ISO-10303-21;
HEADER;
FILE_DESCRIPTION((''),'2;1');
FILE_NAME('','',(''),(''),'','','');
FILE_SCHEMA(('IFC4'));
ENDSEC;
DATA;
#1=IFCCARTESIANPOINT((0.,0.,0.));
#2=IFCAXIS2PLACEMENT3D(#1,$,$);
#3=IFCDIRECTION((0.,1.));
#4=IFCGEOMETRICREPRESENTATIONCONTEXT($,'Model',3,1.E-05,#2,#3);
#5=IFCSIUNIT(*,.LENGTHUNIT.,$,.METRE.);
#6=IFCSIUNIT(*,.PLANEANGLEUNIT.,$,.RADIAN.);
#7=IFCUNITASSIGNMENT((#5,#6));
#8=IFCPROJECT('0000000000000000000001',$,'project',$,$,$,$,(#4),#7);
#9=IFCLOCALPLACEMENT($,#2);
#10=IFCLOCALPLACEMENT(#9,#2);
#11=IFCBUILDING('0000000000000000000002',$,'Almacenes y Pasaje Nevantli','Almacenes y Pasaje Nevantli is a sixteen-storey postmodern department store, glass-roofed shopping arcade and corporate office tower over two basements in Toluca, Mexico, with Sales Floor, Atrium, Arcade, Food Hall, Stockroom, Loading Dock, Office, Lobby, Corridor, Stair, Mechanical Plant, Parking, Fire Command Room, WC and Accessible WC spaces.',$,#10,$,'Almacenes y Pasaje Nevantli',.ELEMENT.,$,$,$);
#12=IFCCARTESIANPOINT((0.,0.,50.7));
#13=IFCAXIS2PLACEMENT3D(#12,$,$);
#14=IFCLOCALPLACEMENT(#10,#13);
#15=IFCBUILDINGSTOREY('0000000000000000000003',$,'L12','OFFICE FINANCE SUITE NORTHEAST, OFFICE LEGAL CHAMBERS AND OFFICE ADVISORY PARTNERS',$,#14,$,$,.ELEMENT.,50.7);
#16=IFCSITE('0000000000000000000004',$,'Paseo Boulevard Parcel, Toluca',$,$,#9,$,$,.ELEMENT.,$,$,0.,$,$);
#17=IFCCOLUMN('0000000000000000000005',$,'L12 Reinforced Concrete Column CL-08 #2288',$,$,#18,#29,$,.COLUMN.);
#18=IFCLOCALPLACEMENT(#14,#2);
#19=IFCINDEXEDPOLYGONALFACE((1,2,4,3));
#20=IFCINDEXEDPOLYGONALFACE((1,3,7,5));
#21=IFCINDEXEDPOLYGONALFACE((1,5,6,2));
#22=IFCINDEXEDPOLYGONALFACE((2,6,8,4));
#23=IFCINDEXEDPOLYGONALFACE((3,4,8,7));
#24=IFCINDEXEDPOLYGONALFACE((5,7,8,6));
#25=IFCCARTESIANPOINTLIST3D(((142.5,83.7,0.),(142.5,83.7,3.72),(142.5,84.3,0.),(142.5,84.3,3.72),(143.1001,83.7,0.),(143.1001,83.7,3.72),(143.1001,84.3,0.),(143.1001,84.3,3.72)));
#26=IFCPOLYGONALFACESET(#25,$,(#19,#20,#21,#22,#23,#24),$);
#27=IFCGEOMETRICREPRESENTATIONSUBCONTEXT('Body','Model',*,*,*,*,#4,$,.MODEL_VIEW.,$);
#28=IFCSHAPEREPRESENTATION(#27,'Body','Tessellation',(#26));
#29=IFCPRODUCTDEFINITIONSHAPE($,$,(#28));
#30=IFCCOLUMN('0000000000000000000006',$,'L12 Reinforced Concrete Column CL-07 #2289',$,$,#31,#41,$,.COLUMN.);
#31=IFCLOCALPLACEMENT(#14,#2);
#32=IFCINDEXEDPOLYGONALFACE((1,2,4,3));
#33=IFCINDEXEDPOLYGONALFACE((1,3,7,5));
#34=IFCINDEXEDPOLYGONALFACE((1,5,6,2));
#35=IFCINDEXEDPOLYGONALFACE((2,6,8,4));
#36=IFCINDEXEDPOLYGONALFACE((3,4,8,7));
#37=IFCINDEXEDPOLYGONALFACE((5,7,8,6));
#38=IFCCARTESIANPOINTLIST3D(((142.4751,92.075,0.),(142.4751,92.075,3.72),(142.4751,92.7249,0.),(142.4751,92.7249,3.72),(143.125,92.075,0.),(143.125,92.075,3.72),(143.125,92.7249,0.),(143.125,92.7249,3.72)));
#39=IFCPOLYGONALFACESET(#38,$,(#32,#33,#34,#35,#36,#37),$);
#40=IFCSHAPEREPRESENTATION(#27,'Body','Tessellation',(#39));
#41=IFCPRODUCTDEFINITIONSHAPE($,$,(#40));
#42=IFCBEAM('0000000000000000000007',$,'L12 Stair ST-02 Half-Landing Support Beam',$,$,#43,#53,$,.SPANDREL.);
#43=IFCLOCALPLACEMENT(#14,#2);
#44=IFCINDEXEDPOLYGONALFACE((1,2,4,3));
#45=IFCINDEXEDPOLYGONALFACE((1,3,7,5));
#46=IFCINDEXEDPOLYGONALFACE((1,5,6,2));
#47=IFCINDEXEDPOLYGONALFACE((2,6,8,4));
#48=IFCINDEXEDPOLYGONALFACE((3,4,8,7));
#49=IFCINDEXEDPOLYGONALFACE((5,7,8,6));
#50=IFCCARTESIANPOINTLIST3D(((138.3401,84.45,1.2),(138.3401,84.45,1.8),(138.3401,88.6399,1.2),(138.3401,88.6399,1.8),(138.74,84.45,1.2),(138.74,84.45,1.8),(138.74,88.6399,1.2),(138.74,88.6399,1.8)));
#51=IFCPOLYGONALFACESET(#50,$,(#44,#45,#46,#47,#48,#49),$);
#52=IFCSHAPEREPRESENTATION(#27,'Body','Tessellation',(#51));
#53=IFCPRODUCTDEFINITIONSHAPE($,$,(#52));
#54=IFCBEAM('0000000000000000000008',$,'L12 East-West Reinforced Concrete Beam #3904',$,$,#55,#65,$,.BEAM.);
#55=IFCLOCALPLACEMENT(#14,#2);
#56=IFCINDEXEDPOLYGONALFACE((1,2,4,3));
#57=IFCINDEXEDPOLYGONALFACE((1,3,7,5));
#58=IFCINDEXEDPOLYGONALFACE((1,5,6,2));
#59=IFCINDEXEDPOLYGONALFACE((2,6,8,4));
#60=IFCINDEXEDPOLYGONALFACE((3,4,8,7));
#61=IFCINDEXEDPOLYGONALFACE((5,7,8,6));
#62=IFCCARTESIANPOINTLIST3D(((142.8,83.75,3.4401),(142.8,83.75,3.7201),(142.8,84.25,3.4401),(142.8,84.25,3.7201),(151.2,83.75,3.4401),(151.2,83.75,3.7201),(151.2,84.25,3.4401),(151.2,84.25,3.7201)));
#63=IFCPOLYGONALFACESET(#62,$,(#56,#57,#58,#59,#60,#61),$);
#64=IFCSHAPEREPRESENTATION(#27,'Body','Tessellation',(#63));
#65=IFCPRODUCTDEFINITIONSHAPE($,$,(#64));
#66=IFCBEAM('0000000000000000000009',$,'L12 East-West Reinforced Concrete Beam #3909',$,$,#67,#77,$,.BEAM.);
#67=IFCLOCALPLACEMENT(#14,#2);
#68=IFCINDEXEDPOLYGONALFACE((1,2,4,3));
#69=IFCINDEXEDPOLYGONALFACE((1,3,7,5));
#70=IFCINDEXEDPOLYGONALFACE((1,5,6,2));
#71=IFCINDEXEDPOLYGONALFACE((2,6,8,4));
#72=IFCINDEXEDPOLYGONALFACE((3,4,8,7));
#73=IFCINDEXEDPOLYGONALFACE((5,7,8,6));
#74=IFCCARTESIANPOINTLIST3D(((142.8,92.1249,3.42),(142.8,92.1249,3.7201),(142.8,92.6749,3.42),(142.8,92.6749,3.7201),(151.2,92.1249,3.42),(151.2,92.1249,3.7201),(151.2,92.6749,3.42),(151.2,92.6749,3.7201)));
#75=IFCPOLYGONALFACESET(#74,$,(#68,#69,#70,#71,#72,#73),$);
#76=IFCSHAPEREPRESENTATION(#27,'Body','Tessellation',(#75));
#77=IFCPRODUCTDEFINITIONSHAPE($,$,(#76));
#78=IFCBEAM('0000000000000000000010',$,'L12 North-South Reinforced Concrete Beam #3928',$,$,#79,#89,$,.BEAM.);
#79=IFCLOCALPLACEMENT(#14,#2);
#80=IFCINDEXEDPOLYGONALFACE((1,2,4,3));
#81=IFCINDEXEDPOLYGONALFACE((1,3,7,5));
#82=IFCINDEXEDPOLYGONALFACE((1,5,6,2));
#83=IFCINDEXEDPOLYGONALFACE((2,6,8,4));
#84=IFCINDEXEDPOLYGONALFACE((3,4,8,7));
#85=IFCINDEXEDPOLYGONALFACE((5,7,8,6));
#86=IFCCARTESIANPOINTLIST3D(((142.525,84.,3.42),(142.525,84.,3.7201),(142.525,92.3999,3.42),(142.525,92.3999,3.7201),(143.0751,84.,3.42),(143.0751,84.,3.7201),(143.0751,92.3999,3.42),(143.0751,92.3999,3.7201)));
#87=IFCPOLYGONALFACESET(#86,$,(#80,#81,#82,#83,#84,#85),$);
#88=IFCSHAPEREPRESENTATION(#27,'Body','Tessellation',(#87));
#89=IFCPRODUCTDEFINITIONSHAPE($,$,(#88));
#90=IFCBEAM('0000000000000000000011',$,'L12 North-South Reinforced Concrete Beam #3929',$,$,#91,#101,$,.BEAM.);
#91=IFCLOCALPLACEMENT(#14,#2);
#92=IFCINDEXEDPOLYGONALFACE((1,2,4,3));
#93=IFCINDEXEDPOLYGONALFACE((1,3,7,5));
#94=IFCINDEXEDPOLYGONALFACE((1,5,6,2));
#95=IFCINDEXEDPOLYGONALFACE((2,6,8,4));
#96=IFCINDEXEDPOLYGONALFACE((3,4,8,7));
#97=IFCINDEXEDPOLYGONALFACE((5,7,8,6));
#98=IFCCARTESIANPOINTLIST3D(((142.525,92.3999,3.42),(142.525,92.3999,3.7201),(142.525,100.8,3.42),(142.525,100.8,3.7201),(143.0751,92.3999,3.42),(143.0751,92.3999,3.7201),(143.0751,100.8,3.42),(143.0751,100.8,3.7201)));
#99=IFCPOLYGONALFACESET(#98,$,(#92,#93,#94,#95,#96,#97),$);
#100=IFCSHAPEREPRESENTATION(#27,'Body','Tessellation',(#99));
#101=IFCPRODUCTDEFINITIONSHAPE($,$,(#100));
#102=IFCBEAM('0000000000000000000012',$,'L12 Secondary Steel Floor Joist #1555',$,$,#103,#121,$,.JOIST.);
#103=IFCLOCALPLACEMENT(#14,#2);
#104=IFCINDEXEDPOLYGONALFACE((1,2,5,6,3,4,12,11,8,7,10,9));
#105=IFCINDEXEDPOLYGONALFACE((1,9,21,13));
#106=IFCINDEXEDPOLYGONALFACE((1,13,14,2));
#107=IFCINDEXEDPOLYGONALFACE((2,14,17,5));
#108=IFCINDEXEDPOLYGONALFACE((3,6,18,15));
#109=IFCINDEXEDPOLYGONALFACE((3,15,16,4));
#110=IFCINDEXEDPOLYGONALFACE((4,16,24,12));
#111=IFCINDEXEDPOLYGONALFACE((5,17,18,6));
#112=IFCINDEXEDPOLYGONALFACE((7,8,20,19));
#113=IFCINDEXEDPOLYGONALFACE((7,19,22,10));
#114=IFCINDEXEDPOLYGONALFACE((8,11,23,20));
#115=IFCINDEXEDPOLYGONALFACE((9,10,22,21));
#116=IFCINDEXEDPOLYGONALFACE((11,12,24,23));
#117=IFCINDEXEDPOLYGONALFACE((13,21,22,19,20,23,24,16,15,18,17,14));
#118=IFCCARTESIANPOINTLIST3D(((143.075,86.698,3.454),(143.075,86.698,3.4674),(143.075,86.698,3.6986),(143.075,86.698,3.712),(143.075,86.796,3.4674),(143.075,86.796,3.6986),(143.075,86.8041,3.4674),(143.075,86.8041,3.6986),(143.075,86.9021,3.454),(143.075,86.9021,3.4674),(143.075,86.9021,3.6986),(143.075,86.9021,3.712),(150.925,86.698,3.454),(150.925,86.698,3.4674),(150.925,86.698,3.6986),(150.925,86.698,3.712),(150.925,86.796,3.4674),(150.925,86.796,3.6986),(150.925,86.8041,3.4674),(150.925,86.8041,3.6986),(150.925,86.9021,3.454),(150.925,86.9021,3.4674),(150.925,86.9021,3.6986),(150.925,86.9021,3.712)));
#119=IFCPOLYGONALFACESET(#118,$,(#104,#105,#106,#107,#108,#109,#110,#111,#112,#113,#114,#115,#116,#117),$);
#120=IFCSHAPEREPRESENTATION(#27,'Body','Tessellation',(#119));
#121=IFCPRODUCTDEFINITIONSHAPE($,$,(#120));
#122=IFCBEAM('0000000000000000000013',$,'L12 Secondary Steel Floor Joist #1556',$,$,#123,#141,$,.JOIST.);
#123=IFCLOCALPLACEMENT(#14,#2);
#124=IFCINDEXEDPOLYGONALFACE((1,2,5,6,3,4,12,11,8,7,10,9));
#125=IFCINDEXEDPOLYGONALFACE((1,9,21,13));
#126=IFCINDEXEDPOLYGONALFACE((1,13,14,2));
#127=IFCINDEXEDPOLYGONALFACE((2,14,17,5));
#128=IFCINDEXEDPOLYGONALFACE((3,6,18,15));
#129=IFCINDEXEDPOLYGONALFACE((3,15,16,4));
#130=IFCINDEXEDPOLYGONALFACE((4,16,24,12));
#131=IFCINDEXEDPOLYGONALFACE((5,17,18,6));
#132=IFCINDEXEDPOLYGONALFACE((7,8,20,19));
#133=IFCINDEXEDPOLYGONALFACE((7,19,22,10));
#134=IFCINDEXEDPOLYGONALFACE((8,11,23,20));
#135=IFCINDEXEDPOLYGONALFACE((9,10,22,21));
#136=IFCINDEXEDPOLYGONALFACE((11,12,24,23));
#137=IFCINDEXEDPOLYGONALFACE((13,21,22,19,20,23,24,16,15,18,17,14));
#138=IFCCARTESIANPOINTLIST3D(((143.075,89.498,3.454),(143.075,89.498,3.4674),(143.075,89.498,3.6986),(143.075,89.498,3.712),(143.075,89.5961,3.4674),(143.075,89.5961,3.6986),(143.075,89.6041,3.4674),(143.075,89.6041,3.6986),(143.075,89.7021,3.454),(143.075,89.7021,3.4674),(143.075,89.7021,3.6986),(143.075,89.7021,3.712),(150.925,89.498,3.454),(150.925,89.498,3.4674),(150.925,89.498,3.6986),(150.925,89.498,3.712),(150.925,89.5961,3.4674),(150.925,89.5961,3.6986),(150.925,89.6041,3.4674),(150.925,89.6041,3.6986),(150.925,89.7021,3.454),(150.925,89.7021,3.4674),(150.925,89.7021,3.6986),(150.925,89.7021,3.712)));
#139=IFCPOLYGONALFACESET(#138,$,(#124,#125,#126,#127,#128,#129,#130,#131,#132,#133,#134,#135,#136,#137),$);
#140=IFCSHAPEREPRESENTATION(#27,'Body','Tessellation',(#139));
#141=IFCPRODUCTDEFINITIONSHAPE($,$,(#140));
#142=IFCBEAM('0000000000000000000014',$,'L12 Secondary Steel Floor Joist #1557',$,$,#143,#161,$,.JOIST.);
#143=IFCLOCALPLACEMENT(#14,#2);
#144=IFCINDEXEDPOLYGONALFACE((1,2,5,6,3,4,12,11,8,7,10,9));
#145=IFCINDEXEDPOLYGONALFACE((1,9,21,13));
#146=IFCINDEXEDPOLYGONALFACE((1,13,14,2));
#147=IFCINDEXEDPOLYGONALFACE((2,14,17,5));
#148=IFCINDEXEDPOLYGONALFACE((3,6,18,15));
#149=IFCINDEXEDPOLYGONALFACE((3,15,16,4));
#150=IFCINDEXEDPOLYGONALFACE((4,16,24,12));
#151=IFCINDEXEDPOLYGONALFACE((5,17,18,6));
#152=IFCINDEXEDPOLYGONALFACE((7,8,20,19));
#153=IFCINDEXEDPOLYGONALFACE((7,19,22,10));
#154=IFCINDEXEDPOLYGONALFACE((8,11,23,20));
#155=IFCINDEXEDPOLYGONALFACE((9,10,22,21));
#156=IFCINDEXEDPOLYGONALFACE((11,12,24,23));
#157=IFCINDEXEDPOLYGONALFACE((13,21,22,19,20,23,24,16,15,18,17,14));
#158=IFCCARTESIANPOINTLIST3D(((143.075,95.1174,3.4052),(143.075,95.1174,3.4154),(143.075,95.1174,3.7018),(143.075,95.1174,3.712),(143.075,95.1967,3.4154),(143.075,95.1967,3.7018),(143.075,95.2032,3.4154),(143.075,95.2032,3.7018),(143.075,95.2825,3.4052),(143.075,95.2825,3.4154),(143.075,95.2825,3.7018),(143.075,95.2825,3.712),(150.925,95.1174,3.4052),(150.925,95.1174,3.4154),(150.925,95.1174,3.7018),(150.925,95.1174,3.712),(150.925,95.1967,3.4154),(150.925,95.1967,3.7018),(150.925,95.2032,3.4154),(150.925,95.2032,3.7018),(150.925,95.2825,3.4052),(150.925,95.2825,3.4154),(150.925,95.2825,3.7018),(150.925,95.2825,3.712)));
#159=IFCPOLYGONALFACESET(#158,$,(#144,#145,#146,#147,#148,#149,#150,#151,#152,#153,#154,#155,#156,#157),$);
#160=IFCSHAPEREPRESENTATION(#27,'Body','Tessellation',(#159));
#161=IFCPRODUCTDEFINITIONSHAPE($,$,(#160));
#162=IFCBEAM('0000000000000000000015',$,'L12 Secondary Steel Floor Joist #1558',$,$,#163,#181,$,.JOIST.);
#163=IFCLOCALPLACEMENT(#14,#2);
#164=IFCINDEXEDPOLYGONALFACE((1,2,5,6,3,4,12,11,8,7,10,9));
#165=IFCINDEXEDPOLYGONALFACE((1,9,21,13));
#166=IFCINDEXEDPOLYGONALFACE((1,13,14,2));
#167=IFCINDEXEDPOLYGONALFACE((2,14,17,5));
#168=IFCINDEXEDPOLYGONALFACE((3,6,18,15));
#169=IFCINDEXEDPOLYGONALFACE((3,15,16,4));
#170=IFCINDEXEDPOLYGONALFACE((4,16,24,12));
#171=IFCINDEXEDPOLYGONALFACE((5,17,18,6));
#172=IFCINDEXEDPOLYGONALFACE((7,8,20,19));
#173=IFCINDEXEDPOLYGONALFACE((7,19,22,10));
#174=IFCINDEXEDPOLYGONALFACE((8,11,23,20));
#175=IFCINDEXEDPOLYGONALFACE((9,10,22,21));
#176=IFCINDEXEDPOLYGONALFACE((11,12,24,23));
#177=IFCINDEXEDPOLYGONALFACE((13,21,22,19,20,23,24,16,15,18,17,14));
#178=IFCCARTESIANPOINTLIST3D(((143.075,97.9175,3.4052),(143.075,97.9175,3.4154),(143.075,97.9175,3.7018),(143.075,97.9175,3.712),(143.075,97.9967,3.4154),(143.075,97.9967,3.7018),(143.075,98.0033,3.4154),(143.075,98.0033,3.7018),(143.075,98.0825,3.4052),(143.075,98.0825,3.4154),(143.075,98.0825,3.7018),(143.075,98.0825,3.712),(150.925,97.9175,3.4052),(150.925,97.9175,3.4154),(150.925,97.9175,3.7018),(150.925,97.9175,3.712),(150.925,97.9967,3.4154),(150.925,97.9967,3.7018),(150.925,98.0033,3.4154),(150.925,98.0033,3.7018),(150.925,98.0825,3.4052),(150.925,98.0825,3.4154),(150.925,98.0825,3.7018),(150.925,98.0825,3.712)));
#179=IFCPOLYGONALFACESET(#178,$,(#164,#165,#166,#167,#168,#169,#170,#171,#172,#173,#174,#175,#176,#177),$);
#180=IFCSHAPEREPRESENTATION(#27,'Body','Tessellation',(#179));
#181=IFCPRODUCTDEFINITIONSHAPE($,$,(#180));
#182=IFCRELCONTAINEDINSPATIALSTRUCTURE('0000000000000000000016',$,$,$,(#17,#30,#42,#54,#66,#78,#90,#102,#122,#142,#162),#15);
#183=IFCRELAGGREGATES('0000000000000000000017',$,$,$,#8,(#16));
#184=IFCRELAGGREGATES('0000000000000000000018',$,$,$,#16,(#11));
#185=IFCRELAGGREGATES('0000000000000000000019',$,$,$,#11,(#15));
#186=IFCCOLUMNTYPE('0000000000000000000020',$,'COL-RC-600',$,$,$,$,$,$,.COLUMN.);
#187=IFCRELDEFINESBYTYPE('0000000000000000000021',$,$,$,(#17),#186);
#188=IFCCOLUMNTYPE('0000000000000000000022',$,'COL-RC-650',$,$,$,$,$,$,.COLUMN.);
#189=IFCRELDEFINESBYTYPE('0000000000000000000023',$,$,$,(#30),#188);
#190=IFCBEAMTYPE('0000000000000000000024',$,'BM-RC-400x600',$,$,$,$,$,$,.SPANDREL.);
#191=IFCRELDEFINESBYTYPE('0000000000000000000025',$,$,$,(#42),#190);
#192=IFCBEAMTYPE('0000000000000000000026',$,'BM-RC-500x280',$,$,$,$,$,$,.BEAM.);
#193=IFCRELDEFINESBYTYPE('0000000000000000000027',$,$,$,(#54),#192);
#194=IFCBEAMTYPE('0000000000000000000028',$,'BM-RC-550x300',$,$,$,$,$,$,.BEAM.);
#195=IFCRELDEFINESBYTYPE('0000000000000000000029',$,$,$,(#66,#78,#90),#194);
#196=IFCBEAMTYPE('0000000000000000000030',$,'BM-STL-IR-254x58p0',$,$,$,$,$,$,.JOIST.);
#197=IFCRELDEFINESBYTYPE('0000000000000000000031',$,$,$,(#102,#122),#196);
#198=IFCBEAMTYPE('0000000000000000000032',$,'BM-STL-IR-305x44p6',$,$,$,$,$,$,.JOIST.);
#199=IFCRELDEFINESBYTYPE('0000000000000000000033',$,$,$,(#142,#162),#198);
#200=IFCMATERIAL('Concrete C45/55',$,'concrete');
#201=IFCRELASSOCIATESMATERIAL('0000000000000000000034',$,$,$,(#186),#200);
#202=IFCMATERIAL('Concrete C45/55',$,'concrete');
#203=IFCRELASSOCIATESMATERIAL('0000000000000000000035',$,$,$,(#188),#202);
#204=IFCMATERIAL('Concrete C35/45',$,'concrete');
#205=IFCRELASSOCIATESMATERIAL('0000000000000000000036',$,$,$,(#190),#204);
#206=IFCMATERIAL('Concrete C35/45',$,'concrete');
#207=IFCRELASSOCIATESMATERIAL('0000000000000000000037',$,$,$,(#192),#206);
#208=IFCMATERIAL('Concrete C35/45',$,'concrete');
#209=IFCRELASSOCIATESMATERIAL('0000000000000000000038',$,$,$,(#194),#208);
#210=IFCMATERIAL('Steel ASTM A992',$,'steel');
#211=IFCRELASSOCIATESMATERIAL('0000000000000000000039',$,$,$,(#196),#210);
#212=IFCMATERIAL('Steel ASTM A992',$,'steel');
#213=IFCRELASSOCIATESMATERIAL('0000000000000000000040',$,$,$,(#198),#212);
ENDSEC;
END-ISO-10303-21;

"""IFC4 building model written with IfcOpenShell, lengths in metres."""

from ifc_helpers import new_model, si_unit, direction, frame, origin, origin_2d, place, context, subcontext, project, spatial, rectangle, i_section, extrude, material, material_profile, profile_set, type_object, element, save


model = new_model("IFC4")

# Units and contexts
model_context = context("Model", 3, precision=1e-05, world=origin(), true_north=direction((0.0, 1.0)))
body_context = subcontext(model_context, "Body", "Model", "MODEL_VIEW")
ifc_project = project(units=[si_unit("LENGTHUNIT", "METRE"), si_unit("PLANEANGLEUNIT", "RADIAN")], contexts=[model_context])

# Site, building, storey
site_placement = place(None, origin())
site = spatial("IfcSite", under=ifc_project, at=site_placement, Name="Paseo Boulevard Parcel, Toluca", CompositionType="ELEMENT", RefElevation=0.0)
building_placement = place(site_placement, origin())
building = spatial("IfcBuilding", under=site, at=building_placement, Name="Almacenes y Pasaje Nevantli", Description="Almacenes y Pasaje Nevantli is a sixteen-storey postmodern department store, glass-roofed shopping arcade and corporate office tower over two basements in Toluca, Mexico, with Sales Floor, Atrium, Arcade, Food Hall, Stockroom, Loading Dock, Office, Lobby, Corridor, Stair, Mechanical Plant, Parking, Fire Command Room, WC and Accessible WC spaces.", LongName="Almacenes y Pasaje Nevantli", CompositionType="ELEMENT")
storey_placement = place(building_placement, frame((0.0, 0.0, 50.7)))
storey = spatial("IfcBuildingStorey", under=building, at=storey_placement, Name="L12", Description="OFFICE FINANCE SUITE NORTHEAST, OFFICE LEGAL CHAMBERS AND OFFICE ADVISORY PARTNERS", CompositionType="ELEMENT", Elevation=50.7)

# Columns
ifc_material_1 = material(Name="Concrete C45/55", Category="concrete")
ifc_material_profile_1 = material_profile(ifc_material_1, rectangle(XDim=0.6001, YDim=0.6001, at=origin_2d()), Name="RC-COL-600x600")
ifc_profile_set_1 = profile_set([ifc_material_profile_1], Name="Concrete C45/55")
column_type_1 = type_object("IfcColumnType", Name="COL-RC-600", PredefinedType="COLUMN", material=ifc_profile_set_1)
column_1_placement = place(storey_placement, frame((142.8, 84.0, 0.0), z_axis=(0.0, 0.0, 1.0), x_axis=(1.0, 0.0, 0.0)))
element("IfcColumn", 1, at=column_1_placement, inside=storey, type_object=column_type_1, Name="L12 Reinforced Concrete Column CL-08 #2288", PredefinedType="COLUMN", context=body_context, shape_type="SweptSolid", body=[
    extrude(rectangle(XDim=0.6001, YDim=0.6001, at=origin_2d()), origin(), (0.0, 0.0, 1.0), 3.72),
])
ifc_material_2 = material(Name="Concrete C45/55", Category="concrete")
ifc_material_profile_2 = material_profile(ifc_material_2, rectangle(XDim=0.6499, YDim=0.6499, at=origin_2d()), Name="RC-COL-650x650")
ifc_profile_set_2 = profile_set([ifc_material_profile_2], Name="Concrete C45/55")
column_type_2 = type_object("IfcColumnType", Name="COL-RC-650", PredefinedType="COLUMN", material=ifc_profile_set_2)
column_2_placement = place(storey_placement, frame((142.8, 92.3999, 0.0), z_axis=(0.0, 0.0, 1.0), x_axis=(1.0, 0.0, 0.0)))
element("IfcColumn", 2, at=column_2_placement, inside=storey, type_object=column_type_2, Name="L12 Reinforced Concrete Column CL-07 #2289", PredefinedType="COLUMN", context=body_context, shape_type="SweptSolid", body=[
    extrude(rectangle(XDim=0.6499, YDim=0.6499, at=origin_2d()), origin(), (0.0, 0.0, 1.0), 3.72),
])

# Beams
ifc_material_3 = material(Name="Concrete C35/45", Category="concrete")
ifc_material_profile_3 = material_profile(ifc_material_3, rectangle(XDim=0.3999, YDim=0.6001, at=origin_2d()), Name="RC-BM-400x600")
ifc_profile_set_3 = profile_set([ifc_material_profile_3], Name="Concrete C35/45")
beam_type_1 = type_object("IfcBeamType", Name="BM-RC-400x600", PredefinedType="SPANDREL", material=ifc_profile_set_3)
beam_1_placement = place(storey_placement, frame((138.54, 84.45, 1.5), z_axis=(0.0, 1.0, 0.0), x_axis=(-1.0, 0.0, 0.0)))
element("IfcBeam", 3, at=beam_1_placement, inside=storey, type_object=beam_type_1, Name="L12 Stair ST-02 Half-Landing Support Beam", PredefinedType="SPANDREL", context=body_context, shape_type="SweptSolid", body=[
    extrude(rectangle(XDim=0.3999, YDim=0.6001, at=origin_2d()), origin(), (0.0, 0.0, 1.0), 4.1899),
])
ifc_material_4 = material(Name="Concrete C35/45", Category="concrete")
ifc_material_profile_4 = material_profile(ifc_material_4, rectangle(XDim=0.5, YDim=0.28, at=origin_2d()), Name="RC-BM-500x280")
ifc_profile_set_4 = profile_set([ifc_material_profile_4], Name="Concrete C35/45")
beam_type_2 = type_object("IfcBeamType", Name="BM-RC-500x280", PredefinedType="BEAM", material=ifc_profile_set_4)
beam_2_placement = place(storey_placement, frame((142.8, 84.0, 3.5801), z_axis=(1.0, 0.0, 0.0), x_axis=(0.0, 1.0, 0.0)))
element("IfcBeam", 4, at=beam_2_placement, inside=storey, type_object=beam_type_2, Name="L12 East-West Reinforced Concrete Beam #3904", PredefinedType="BEAM", context=body_context, shape_type="SweptSolid", body=[
    extrude(rectangle(XDim=0.5, YDim=0.28, at=origin_2d()), origin(), (0.0, 0.0, 1.0), 8.3999),
])
ifc_material_5 = material(Name="Concrete C35/45", Category="concrete")
ifc_material_profile_5 = material_profile(ifc_material_5, rectangle(XDim=0.55, YDim=0.3, at=origin_2d()), Name="RC-BM-550x300")
ifc_profile_set_5 = profile_set([ifc_material_profile_5], Name="Concrete C35/45")
beam_type_3 = type_object("IfcBeamType", Name="BM-RC-550x300", PredefinedType="BEAM", material=ifc_profile_set_5)
for number, where, z_axis, x_axis, name in (
    (5, (142.8, 92.3999, 3.5701), (1.0, 0.0, 0.0), (0.0, 1.0, 0.0), "L12 East-West Reinforced Concrete Beam #3909"),
    (6, (142.8, 84.0, 3.5701), (0.0, 1.0, 0.0), (-1.0, 0.0, 0.0), "L12 North-South Reinforced Concrete Beam #3928"),
):
    element("IfcBeam", number, at=place(storey_placement, frame(where, z_axis=z_axis, x_axis=x_axis)), inside=storey, type_object=beam_type_3, Name=name, PredefinedType="BEAM", context=body_context, shape_type="SweptSolid", body=[
        extrude(rectangle(XDim=0.55, YDim=0.3, at=origin_2d()), origin(), (0.0, 0.0, 1.0), 8.3999),
    ])
beam_3_placement = place(storey_placement, frame((142.8, 92.3999, 3.5701), z_axis=(0.0, 1.0, 0.0), x_axis=(-1.0, 0.0, 0.0)))
element("IfcBeam", 7, at=beam_3_placement, inside=storey, type_object=beam_type_3, Name="L12 North-South Reinforced Concrete Beam #3929", PredefinedType="BEAM", context=body_context, shape_type="SweptSolid", body=[
    extrude(rectangle(XDim=0.55, YDim=0.3, at=origin_2d()), origin(), (0.0, 0.0, 1.0), 8.4001),
])
ifc_material_6 = material(Name="Steel ASTM A992", Category="steel")
ifc_material_profile_6 = material_profile(ifc_material_6, i_section(OverallWidth=0.2041, OverallDepth=0.2581, WebThickness=0.0081, FlangeThickness=0.0134, at=origin_2d()), Name="IR 254x58.0")
ifc_profile_set_6 = profile_set([ifc_material_profile_6], Name="Steel ASTM A992")
beam_type_4 = type_object("IfcBeamType", Name="BM-STL-IR-254x58p0", PredefinedType="JOIST", material=ifc_profile_set_6)
for number, where, z_axis, x_axis, name in (
    (8, (143.075, 86.8, 3.583), (1.0, 0.0, 0.0), (0.0, 1.0, 0.0), "L12 Secondary Steel Floor Joist #1555"),
    (9, (143.075, 89.6001, 3.583), (1.0, 0.0, 0.0), (0.0, 1.0, 0.0), "L12 Secondary Steel Floor Joist #1556"),
):
    element("IfcBeam", number, at=place(storey_placement, frame(where, z_axis=z_axis, x_axis=x_axis)), inside=storey, type_object=beam_type_4, Name=name, PredefinedType="JOIST", context=body_context, shape_type="SweptSolid", body=[
        extrude(i_section(OverallWidth=0.2041, OverallDepth=0.2581, WebThickness=0.0081, FlangeThickness=0.0134, at=origin_2d()), origin(), (0.0, 0.0, 1.0), 7.8501),
    ])
ifc_material_7 = material(Name="Steel ASTM A992", Category="steel")
ifc_material_profile_7 = material_profile(ifc_material_7, i_section(OverallWidth=0.165, OverallDepth=0.3069, WebThickness=0.0066, FlangeThickness=0.0103, at=origin_2d()), Name="IR 305x44.6")
ifc_profile_set_7 = profile_set([ifc_material_profile_7], Name="Steel ASTM A992")
beam_type_5 = type_object("IfcBeamType", Name="BM-STL-IR-305x44p6", PredefinedType="JOIST", material=ifc_profile_set_7)
for number, where, z_axis, x_axis, name in (
    (10, (143.075, 95.2, 3.5586), (1.0, 0.0, 0.0), (0.0, 1.0, 0.0), "L12 Secondary Steel Floor Joist #1557"),
    (11, (143.075, 98.0, 3.5586), (1.0, 0.0, 0.0), (0.0, 1.0, 0.0), "L12 Secondary Steel Floor Joist #1558"),
):
    element("IfcBeam", number, at=place(storey_placement, frame(where, z_axis=z_axis, x_axis=x_axis)), inside=storey, type_object=beam_type_5, Name=name, PredefinedType="JOIST", context=body_context, shape_type="SweptSolid", body=[
        extrude(i_section(OverallWidth=0.165, OverallDepth=0.3069, WebThickness=0.0066, FlangeThickness=0.0103, at=origin_2d()), origin(), (0.0, 0.0, 1.0), 7.8501),
    ])

save(model, "model.ifc")
